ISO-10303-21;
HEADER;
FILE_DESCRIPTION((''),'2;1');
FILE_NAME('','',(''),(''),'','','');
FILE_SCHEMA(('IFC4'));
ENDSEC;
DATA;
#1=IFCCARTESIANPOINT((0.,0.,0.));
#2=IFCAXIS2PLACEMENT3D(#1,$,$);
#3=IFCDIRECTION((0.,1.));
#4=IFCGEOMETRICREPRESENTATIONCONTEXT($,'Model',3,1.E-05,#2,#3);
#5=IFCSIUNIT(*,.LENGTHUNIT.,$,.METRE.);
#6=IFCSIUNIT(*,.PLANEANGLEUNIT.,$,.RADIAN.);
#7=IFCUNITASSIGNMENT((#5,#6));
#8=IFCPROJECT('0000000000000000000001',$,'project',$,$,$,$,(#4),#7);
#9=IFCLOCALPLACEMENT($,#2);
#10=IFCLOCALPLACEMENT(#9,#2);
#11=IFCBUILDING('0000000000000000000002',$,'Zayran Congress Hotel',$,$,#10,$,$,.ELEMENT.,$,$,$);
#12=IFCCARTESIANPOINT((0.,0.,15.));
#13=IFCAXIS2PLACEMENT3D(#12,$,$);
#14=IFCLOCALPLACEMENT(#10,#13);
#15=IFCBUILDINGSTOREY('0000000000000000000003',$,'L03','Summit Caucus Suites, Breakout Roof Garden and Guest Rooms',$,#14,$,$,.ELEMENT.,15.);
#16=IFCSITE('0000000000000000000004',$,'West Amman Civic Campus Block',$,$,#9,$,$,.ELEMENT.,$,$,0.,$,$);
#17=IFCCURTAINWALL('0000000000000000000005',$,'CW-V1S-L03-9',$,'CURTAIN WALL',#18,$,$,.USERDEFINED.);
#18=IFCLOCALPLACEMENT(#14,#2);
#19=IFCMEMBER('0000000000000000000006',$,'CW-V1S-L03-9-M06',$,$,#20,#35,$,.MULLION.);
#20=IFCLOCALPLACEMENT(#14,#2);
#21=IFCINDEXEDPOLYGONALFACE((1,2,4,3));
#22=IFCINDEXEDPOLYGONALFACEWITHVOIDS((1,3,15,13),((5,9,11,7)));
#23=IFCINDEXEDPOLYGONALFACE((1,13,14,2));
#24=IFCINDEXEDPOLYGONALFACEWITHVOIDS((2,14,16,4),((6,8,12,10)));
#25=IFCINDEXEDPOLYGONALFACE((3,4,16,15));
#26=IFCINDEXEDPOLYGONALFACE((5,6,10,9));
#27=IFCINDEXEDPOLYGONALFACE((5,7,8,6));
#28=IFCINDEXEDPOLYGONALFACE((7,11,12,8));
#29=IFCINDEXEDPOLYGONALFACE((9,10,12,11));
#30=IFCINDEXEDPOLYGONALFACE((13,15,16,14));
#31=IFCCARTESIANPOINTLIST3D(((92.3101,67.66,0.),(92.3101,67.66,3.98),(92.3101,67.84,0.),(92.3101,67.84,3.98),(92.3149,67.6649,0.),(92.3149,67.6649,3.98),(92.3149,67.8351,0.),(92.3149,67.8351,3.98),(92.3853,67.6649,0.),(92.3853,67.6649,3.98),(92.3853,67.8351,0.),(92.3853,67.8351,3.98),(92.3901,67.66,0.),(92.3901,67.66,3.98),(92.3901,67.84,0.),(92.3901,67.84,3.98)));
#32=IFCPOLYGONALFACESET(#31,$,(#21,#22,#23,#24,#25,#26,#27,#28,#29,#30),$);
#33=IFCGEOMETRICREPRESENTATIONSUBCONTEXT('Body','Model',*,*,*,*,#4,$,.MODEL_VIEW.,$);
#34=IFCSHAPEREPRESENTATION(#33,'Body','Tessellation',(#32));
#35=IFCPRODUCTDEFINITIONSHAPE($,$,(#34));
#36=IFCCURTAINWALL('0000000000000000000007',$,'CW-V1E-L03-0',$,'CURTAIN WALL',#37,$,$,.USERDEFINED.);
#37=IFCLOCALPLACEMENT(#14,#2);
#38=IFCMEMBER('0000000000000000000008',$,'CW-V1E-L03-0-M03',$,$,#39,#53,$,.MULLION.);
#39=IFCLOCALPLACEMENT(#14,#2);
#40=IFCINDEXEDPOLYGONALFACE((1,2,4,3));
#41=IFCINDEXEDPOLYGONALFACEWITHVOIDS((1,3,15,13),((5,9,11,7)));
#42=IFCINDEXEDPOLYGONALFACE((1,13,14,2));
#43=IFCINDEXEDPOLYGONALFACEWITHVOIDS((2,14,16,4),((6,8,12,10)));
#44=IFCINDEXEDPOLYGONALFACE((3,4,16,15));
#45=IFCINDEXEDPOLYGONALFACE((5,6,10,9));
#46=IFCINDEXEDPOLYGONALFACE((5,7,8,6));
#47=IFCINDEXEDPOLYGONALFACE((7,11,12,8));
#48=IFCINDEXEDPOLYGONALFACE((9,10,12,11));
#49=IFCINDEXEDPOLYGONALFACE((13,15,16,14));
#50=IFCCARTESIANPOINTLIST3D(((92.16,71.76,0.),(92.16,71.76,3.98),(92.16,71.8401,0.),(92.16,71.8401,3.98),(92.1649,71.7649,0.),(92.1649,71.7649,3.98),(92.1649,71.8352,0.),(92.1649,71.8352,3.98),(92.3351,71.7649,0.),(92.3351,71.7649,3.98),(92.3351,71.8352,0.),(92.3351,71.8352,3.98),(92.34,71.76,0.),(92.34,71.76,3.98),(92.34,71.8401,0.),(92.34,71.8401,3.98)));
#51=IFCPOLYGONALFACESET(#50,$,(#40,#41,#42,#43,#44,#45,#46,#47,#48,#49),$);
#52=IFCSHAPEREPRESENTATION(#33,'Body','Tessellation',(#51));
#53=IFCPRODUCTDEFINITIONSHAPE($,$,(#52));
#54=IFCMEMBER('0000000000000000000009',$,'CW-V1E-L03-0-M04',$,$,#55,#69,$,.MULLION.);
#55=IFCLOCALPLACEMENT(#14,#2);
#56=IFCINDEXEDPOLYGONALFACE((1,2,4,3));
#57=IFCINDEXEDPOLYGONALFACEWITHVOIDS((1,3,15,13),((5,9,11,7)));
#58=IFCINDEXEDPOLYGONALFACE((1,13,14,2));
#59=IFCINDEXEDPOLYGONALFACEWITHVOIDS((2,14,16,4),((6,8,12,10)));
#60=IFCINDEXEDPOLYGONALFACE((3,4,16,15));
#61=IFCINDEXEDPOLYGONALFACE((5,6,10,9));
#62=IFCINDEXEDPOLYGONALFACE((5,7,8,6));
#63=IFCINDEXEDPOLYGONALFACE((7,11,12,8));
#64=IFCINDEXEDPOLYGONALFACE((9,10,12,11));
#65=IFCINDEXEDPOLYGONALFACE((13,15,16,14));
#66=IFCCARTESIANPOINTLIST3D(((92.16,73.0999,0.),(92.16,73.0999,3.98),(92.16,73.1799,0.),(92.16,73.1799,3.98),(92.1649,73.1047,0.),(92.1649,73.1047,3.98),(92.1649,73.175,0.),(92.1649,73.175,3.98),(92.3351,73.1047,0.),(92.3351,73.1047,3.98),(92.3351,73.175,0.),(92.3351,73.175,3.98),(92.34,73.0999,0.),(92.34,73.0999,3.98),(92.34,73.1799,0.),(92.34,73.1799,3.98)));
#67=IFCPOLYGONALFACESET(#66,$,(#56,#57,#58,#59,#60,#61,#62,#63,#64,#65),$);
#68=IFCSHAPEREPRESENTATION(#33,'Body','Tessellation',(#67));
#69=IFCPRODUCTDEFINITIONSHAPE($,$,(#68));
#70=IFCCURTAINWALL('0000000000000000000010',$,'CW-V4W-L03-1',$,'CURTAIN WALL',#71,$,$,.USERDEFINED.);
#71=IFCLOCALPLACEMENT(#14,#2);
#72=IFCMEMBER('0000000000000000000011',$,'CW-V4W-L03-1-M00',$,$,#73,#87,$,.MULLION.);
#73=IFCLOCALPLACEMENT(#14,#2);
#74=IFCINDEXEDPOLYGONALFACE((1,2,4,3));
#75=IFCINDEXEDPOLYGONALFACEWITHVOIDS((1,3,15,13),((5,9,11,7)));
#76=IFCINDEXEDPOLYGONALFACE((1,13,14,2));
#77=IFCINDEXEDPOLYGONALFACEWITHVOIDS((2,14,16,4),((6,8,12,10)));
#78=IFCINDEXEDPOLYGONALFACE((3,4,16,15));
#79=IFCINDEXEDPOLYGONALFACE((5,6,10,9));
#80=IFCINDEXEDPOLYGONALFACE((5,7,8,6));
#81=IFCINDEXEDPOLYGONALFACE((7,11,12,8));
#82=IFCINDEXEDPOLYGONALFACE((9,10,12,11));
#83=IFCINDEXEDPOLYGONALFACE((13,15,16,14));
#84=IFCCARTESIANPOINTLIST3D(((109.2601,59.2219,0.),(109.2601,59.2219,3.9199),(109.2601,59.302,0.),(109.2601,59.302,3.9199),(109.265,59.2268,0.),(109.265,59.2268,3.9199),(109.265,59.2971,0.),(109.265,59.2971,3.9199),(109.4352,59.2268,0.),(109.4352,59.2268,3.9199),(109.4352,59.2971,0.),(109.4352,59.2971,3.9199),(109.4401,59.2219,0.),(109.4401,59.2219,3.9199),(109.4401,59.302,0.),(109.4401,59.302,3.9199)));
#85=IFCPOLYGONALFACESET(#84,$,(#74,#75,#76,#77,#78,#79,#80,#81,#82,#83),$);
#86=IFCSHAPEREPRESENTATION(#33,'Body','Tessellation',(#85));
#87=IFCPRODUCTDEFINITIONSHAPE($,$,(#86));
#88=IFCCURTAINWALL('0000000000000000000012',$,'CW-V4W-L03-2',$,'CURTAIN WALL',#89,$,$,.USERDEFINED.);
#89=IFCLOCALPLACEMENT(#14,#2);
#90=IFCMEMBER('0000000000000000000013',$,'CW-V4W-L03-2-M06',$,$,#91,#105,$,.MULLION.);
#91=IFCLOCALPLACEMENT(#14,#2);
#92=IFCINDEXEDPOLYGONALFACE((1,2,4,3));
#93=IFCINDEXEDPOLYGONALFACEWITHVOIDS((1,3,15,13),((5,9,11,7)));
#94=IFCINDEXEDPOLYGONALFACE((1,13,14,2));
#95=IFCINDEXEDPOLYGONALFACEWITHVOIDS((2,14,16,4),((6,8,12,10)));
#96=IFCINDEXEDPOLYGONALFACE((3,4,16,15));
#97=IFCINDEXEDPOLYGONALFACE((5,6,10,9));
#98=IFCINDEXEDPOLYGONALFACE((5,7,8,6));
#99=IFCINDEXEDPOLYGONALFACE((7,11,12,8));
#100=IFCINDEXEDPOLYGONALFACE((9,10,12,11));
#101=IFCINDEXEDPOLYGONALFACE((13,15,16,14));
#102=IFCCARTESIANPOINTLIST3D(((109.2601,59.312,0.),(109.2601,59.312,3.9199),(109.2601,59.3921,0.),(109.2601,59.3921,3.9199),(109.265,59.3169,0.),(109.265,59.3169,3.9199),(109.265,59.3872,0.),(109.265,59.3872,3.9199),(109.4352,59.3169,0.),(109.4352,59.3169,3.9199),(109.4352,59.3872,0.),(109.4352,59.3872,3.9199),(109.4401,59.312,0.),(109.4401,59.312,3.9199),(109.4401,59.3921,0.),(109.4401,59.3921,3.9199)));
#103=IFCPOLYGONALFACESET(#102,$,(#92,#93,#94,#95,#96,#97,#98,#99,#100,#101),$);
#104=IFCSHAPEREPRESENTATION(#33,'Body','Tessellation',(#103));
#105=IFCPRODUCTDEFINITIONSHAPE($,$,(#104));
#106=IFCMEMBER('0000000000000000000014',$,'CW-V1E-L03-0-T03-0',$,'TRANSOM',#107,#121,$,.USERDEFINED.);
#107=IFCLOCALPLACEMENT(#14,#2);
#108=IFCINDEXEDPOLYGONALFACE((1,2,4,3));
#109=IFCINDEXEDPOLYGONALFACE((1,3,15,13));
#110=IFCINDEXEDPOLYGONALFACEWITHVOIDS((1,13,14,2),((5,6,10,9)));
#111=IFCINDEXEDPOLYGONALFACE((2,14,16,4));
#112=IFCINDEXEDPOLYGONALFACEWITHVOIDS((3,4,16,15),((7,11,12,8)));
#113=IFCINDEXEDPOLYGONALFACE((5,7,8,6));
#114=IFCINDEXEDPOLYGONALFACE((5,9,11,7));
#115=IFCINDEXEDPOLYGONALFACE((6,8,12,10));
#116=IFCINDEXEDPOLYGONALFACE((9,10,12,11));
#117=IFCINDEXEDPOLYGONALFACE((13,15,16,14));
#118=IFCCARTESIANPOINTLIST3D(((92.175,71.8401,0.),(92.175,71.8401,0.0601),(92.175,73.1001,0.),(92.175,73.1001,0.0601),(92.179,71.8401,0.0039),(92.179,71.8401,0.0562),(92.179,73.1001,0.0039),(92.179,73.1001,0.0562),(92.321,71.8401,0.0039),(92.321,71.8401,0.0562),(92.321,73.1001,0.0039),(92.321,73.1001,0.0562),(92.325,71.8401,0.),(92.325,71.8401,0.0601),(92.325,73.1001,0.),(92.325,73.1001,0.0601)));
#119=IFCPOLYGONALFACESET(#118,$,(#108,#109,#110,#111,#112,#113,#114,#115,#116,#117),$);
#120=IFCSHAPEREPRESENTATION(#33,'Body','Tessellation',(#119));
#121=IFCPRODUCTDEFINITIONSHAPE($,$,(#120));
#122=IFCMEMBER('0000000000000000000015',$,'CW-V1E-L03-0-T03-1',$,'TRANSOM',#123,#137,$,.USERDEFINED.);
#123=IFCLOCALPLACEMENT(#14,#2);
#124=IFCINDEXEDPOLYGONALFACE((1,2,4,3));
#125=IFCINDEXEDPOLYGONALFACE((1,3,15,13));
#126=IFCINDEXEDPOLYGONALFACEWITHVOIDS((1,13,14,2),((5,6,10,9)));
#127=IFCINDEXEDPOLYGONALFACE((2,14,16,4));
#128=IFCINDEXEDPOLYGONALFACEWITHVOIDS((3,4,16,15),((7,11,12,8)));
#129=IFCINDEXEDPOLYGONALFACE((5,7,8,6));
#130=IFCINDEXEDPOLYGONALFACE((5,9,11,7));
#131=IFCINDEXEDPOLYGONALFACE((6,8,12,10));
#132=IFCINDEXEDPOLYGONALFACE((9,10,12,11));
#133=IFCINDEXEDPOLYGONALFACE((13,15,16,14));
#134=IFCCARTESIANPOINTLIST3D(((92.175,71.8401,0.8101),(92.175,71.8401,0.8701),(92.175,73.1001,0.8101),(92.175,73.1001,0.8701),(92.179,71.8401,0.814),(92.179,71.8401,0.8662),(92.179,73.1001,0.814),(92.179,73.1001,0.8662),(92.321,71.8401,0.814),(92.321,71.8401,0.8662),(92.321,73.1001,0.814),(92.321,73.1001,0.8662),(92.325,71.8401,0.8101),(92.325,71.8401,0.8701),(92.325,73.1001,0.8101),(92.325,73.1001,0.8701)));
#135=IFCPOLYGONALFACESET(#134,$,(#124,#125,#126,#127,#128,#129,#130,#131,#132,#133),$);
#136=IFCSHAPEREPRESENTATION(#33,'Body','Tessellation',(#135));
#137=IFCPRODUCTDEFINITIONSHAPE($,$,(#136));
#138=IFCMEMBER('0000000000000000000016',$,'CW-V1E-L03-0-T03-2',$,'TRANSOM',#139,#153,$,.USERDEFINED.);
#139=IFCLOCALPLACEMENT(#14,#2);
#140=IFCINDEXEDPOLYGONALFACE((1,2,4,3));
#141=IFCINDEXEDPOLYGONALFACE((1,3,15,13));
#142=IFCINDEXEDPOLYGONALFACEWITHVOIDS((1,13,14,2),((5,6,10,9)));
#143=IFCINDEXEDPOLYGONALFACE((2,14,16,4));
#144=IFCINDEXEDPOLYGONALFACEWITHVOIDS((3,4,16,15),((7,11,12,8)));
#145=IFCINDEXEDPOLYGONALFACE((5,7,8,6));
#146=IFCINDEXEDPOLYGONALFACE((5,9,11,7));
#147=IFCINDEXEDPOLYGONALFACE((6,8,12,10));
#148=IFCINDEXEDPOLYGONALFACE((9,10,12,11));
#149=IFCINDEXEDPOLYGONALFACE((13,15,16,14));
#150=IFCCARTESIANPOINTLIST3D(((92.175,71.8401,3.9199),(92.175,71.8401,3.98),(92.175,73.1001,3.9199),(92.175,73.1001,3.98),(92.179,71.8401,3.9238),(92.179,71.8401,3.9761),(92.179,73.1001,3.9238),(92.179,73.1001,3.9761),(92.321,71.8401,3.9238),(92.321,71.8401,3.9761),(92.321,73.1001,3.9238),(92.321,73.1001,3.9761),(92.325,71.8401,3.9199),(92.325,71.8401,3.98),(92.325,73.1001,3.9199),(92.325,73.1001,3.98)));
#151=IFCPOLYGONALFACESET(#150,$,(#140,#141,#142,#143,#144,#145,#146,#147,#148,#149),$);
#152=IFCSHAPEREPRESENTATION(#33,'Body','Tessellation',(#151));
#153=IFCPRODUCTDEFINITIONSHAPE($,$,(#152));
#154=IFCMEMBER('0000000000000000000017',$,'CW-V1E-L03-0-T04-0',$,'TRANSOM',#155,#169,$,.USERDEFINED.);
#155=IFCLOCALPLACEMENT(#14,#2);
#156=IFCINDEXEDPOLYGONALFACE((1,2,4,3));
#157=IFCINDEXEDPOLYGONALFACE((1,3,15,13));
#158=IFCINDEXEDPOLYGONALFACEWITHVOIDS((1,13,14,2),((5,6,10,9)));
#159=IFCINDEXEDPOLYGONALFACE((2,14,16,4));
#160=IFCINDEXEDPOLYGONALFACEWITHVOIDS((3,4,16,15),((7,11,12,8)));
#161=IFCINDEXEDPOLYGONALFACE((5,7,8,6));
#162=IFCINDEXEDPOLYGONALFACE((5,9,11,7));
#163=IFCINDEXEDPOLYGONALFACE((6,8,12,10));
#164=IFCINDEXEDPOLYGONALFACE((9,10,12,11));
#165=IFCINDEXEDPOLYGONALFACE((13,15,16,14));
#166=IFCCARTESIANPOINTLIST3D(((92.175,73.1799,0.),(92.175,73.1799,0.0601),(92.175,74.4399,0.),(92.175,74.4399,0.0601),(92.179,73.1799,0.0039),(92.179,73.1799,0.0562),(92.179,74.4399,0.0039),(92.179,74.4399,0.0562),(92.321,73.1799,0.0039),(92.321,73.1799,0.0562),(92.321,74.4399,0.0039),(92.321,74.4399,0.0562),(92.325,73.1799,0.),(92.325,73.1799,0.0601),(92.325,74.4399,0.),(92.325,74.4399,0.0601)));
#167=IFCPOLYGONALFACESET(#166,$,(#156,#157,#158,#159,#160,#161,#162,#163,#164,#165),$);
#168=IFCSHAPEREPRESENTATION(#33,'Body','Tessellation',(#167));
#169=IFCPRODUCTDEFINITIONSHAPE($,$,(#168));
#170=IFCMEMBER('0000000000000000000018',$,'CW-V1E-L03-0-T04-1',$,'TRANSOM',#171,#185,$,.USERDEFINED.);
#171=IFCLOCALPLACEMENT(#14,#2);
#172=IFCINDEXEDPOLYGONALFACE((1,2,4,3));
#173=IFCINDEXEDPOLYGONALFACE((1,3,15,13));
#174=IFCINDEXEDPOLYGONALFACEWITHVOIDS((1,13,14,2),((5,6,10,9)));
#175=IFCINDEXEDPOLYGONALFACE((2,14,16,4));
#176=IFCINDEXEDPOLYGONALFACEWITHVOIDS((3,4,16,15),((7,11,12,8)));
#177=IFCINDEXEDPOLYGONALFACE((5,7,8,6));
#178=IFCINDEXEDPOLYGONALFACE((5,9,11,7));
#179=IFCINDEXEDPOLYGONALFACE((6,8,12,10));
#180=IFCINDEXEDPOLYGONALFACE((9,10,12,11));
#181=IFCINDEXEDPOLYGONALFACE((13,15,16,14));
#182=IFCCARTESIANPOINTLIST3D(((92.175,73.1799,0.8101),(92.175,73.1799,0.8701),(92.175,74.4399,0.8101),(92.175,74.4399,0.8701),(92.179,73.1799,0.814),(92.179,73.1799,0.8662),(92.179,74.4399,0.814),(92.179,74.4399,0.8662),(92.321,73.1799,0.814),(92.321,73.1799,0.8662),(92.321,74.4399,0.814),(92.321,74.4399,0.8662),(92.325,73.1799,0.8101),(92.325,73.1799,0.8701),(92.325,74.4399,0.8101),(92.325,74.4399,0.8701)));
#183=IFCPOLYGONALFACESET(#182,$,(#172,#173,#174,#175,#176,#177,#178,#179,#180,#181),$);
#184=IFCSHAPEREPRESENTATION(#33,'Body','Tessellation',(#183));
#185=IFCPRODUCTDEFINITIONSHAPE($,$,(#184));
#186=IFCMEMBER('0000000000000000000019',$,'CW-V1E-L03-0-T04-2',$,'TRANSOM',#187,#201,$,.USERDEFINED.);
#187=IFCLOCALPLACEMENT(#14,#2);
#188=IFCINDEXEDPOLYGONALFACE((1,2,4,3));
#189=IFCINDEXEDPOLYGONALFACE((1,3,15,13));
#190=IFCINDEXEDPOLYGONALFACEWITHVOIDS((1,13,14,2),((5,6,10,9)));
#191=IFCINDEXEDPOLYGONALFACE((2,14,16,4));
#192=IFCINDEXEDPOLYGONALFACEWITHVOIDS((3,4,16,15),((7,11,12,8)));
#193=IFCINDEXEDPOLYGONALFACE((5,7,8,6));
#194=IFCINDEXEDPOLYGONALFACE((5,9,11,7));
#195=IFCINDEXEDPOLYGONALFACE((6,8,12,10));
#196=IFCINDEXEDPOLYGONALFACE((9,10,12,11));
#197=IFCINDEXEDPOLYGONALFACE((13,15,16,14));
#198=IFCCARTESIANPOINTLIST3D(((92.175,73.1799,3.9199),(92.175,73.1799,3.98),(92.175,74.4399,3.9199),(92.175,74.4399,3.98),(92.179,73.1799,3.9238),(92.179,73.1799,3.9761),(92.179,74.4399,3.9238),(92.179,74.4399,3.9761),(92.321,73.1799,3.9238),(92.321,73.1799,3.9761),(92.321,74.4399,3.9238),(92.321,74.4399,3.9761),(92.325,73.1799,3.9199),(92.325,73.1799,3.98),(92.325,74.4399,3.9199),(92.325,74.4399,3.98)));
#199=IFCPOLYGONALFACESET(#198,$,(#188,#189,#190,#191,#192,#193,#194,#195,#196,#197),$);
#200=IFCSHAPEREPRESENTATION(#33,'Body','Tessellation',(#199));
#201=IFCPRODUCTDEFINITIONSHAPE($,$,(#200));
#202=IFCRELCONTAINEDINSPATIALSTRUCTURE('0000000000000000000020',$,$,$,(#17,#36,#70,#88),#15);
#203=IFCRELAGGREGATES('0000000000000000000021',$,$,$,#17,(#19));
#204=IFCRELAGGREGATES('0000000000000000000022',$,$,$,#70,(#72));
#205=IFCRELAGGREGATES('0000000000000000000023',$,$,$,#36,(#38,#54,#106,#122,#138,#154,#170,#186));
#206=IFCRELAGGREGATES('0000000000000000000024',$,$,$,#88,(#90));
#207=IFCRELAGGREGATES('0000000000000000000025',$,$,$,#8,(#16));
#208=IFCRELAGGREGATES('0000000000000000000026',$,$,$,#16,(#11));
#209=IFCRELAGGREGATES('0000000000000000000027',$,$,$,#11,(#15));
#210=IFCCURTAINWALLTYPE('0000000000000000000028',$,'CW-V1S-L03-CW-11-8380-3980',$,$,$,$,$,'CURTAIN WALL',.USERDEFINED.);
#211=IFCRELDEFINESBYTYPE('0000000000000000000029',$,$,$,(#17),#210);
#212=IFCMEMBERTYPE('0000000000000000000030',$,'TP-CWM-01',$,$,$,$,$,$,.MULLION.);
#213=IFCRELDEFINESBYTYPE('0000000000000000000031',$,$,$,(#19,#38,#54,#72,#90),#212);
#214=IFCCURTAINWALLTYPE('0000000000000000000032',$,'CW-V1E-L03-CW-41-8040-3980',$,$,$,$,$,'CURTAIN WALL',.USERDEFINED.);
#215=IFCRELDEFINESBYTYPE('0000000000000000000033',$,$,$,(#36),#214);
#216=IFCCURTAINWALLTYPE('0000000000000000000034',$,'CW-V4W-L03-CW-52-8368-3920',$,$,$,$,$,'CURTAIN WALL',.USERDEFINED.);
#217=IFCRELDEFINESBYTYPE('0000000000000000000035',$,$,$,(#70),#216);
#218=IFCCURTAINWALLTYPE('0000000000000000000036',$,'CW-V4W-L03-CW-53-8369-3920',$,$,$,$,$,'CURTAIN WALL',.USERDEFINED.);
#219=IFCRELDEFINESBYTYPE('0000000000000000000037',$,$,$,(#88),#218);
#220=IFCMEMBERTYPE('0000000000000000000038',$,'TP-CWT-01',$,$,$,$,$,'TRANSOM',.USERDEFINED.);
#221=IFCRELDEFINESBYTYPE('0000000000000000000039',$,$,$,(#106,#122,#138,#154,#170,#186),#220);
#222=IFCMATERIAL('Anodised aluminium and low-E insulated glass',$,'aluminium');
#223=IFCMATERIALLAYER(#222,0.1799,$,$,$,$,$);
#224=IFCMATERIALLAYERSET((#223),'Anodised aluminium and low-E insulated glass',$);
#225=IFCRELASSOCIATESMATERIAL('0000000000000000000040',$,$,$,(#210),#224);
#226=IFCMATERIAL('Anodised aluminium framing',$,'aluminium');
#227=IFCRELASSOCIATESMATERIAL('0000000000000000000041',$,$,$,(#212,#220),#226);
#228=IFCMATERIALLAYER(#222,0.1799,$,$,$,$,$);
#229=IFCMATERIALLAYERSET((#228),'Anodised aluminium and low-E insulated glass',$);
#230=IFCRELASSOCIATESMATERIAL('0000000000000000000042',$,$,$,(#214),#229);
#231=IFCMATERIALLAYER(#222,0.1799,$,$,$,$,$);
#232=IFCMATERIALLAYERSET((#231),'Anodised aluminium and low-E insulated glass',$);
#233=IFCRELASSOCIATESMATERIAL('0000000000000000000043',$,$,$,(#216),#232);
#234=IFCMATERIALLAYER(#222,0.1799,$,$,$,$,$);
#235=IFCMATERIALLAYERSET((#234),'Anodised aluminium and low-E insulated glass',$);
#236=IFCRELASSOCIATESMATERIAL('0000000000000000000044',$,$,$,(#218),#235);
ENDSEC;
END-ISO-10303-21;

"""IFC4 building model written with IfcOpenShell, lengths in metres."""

from ifc_helpers import new_model, si_unit, direction, frame, origin, origin_2d, place, context, subcontext, project, spatial, hollow_rectangle, extrude, material, layer, layer_set, material_profile, profile_set, type_object, element, aggregate, save


model = new_model("IFC4")

# Units and contexts
model_context = context("Model", 3, precision=1e-05, world=origin(), true_north=direction((0.0, 1.0)))
body_context = subcontext(model_context, "Body", "Model", "MODEL_VIEW")
ifc_project = project(units=[si_unit("LENGTHUNIT", "METRE"), si_unit("PLANEANGLEUNIT", "RADIAN")], contexts=[model_context])

# Site, building, storey
site_placement = place(None, origin())
site = spatial("IfcSite", under=ifc_project, at=site_placement, Name="West Amman Civic Campus Block", CompositionType="ELEMENT", RefElevation=0.0)
building_placement = place(site_placement, origin())
building = spatial("IfcBuilding", under=site, at=building_placement, Name="Zayran Congress Hotel", CompositionType="ELEMENT")
storey_placement = place(building_placement, frame((0.0, 0.0, 15.0)))
storey = spatial("IfcBuildingStorey", under=building, at=storey_placement, Name="L03", Description="Summit Caucus Suites, Breakout Roof Garden and Guest Rooms", CompositionType="ELEMENT", Elevation=15.0)

# Curtain wall, member
ifc_material_1 = material(Name="Anodised aluminium and low-E insulated glass", Category="aluminium")
ifc_layer_1 = layer(ifc_material_1, 0.1799)
ifc_layer_set_1 = layer_set([ifc_layer_1], Name="Anodised aluminium and low-E insulated glass")
curtain_wall_type_1 = type_object("IfcCurtainWallType", Name="CW-V1S-L03-CW-11-8380-3980", ElementType="CURTAIN WALL", PredefinedType="USERDEFINED", material=ifc_layer_set_1)
curtain_wall_1_placement = place(storey_placement, origin())
curtain_wall_1 = element("IfcCurtainWall", 1, at=curtain_wall_1_placement, inside=storey, type_object=curtain_wall_type_1, Name="CW-V1S-L03-9", ObjectType="CURTAIN WALL", PredefinedType="USERDEFINED")
ifc_material_2 = material(Name="Anodised aluminium framing", Category="aluminium")
ifc_material_profile_1 = material_profile(ifc_material_2, hollow_rectangle(XDim=0.0801, YDim=0.1799, WallThickness=0.0049, at=origin_2d()), Name="RHS 180x80x5")
ifc_profile_set_1 = profile_set([ifc_material_profile_1], Name="Anodised aluminium framing")
member_type_1 = type_object("IfcMemberType", Name="TP-CWM-01", PredefinedType="MULLION", material=ifc_profile_set_1)
member_1_placement = place(storey_placement, frame((92.3501, 67.75, 0.0), z_axis=(0.0, 0.0, 1.0), x_axis=(1.0, 0.0, 0.0)))
member_1 = element("IfcMember", 2, at=member_1_placement, type_object=member_type_1, Name="CW-V1S-L03-9-M06", PredefinedType="MULLION", context=body_context, shape_type="SweptSolid", body=[
    extrude(hollow_rectangle(XDim=0.0801, YDim=0.1799, WallThickness=0.0049, at=origin_2d()), origin(), (0.0, 0.0, 1.0), 3.98),
])
aggregate(curtain_wall_1, [member_1])

# Curtain wall, members
ifc_layer_2 = layer(ifc_material_1, 0.1799)
ifc_layer_set_2 = layer_set([ifc_layer_2], Name="Anodised aluminium and low-E insulated glass")
curtain_wall_type_2 = type_object("IfcCurtainWallType", Name="CW-V1E-L03-CW-41-8040-3980", ElementType="CURTAIN WALL", PredefinedType="USERDEFINED", material=ifc_layer_set_2)
curtain_wall_2_placement = place(storey_placement, origin())
curtain_wall_2 = element("IfcCurtainWall", 3, at=curtain_wall_2_placement, inside=storey, type_object=curtain_wall_type_2, Name="CW-V1E-L03-0", ObjectType="CURTAIN WALL", PredefinedType="USERDEFINED")
member_2_placement = place(storey_placement, frame((92.25, 71.8, 0.0), z_axis=(0.0, 0.0, 1.0), x_axis=(0.0, 1.0, 0.0)))
member_2 = element("IfcMember", 4, at=member_2_placement, type_object=member_type_1, Name="CW-V1E-L03-0-M03", PredefinedType="MULLION", context=body_context, shape_type="SweptSolid", body=[
    extrude(hollow_rectangle(XDim=0.0801, YDim=0.1799, WallThickness=0.0049, at=origin_2d()), origin(), (0.0, 0.0, 1.0), 3.98),
])
member_3_placement = place(storey_placement, frame((92.25, 73.1399, 0.0), z_axis=(0.0, 0.0, 1.0), x_axis=(0.0, 1.0, 0.0)))
member_3 = element("IfcMember", 5, at=member_3_placement, type_object=member_type_1, Name="CW-V1E-L03-0-M04", PredefinedType="MULLION", context=body_context, shape_type="SweptSolid", body=[
    extrude(hollow_rectangle(XDim=0.0801, YDim=0.1799, WallThickness=0.0049, at=origin_2d()), origin(), (0.0, 0.0, 1.0), 3.98),
])

# Curtain walls, members
ifc_layer_3 = layer(ifc_material_1, 0.1799)
ifc_layer_set_3 = layer_set([ifc_layer_3], Name="Anodised aluminium and low-E insulated glass")
curtain_wall_type_3 = type_object("IfcCurtainWallType", Name="CW-V4W-L03-CW-52-8368-3920", ElementType="CURTAIN WALL", PredefinedType="USERDEFINED", material=ifc_layer_set_3)
curtain_wall_3_placement = place(storey_placement, origin())
curtain_wall_3 = element("IfcCurtainWall", 6, at=curtain_wall_3_placement, inside=storey, type_object=curtain_wall_type_3, Name="CW-V4W-L03-1", ObjectType="CURTAIN WALL", PredefinedType="USERDEFINED")
member_4_placement = place(storey_placement, frame((109.3501, 59.262, 0.0), z_axis=(0.0, 0.0, 1.0), x_axis=(0.0, 1.0, 0.0)))
member_4 = element("IfcMember", 7, at=member_4_placement, type_object=member_type_1, Name="CW-V4W-L03-1-M00", PredefinedType="MULLION", context=body_context, shape_type="SweptSolid", body=[
    extrude(hollow_rectangle(XDim=0.0801, YDim=0.1799, WallThickness=0.0049, at=origin_2d()), origin(), (0.0, 0.0, 1.0), 3.9199),
])
ifc_layer_4 = layer(ifc_material_1, 0.1799)
ifc_layer_set_4 = layer_set([ifc_layer_4], Name="Anodised aluminium and low-E insulated glass")
curtain_wall_type_4 = type_object("IfcCurtainWallType", Name="CW-V4W-L03-CW-53-8369-3920", ElementType="CURTAIN WALL", PredefinedType="USERDEFINED", material=ifc_layer_set_4)
curtain_wall_4_placement = place(storey_placement, origin())
curtain_wall_4 = element("IfcCurtainWall", 8, at=curtain_wall_4_placement, inside=storey, type_object=curtain_wall_type_4, Name="CW-V4W-L03-2", ObjectType="CURTAIN WALL", PredefinedType="USERDEFINED")
member_5_placement = place(storey_placement, frame((109.3501, 59.3521, 0.0), z_axis=(0.0, 0.0, 1.0), x_axis=(0.0, 1.0, 0.0)))
member_5 = element("IfcMember", 9, at=member_5_placement, type_object=member_type_1, Name="CW-V4W-L03-2-M06", PredefinedType="MULLION", context=body_context, shape_type="SweptSolid", body=[
    extrude(hollow_rectangle(XDim=0.0801, YDim=0.1799, WallThickness=0.0049, at=origin_2d()), origin(), (0.0, 0.0, 1.0), 3.9199),
])

# Members
ifc_material_profile_2 = material_profile(ifc_material_2, hollow_rectangle(XDim=0.0601, YDim=0.1499, WallThickness=0.0039, at=origin_2d()), Name="RHS 150x60x4")
ifc_profile_set_2 = profile_set([ifc_material_profile_2], Name="Anodised aluminium framing")
member_type_2 = type_object("IfcMemberType", Name="TP-CWT-01", ElementType="TRANSOM", PredefinedType="USERDEFINED", material=ifc_profile_set_2)
member_6_placement = place(storey_placement, frame((92.25, 71.8401, 0.03), z_axis=(0.0, 1.0, 0.0), x_axis=(0.0, 0.0, 1.0)))
member_6 = element("IfcMember", 10, at=member_6_placement, type_object=member_type_2, Name="CW-V1E-L03-0-T03-0", ObjectType="TRANSOM", PredefinedType="USERDEFINED", context=body_context, shape_type="SweptSolid", body=[
    extrude(hollow_rectangle(XDim=0.0601, YDim=0.1499, WallThickness=0.0039, at=origin_2d()), origin(), (0.0, 0.0, 1.0), 1.26),
])
member_7_placement = place(storey_placement, frame((92.25, 71.8401, 0.8401), z_axis=(0.0, 1.0, 0.0), x_axis=(0.0, 0.0, 1.0)))
member_7 = element("IfcMember", 11, at=member_7_placement, type_object=member_type_2, Name="CW-V1E-L03-0-T03-1", ObjectType="TRANSOM", PredefinedType="USERDEFINED", context=body_context, shape_type="SweptSolid", body=[
    extrude(hollow_rectangle(XDim=0.0601, YDim=0.1499, WallThickness=0.0039, at=origin_2d()), origin(), (0.0, 0.0, 1.0), 1.26),
])
member_8_placement = place(storey_placement, frame((92.25, 71.8401, 3.95), z_axis=(0.0, 1.0, 0.0), x_axis=(0.0, 0.0, 1.0)))
member_8 = element("IfcMember", 12, at=member_8_placement, type_object=member_type_2, Name="CW-V1E-L03-0-T03-2", ObjectType="TRANSOM", PredefinedType="USERDEFINED", context=body_context, shape_type="SweptSolid", body=[
    extrude(hollow_rectangle(XDim=0.0601, YDim=0.1499, WallThickness=0.0039, at=origin_2d()), origin(), (0.0, 0.0, 1.0), 1.26),
])
member_9_placement = place(storey_placement, frame((92.25, 73.1799, 0.03), z_axis=(0.0, 1.0, 0.0), x_axis=(0.0, 0.0, 1.0)))
member_9 = element("IfcMember", 13, at=member_9_placement, type_object=member_type_2, Name="CW-V1E-L03-0-T04-0", ObjectType="TRANSOM", PredefinedType="USERDEFINED", context=body_context, shape_type="SweptSolid", body=[
    extrude(hollow_rectangle(XDim=0.0601, YDim=0.1499, WallThickness=0.0039, at=origin_2d()), origin(), (0.0, 0.0, 1.0), 1.26),
])
member_10_placement = place(storey_placement, frame((92.25, 73.1799, 0.8401), z_axis=(0.0, 1.0, 0.0), x_axis=(0.0, 0.0, 1.0)))
member_10 = element("IfcMember", 14, at=member_10_placement, type_object=member_type_2, Name="CW-V1E-L03-0-T04-1", ObjectType="TRANSOM", PredefinedType="USERDEFINED", context=body_context, shape_type="SweptSolid", body=[
    extrude(hollow_rectangle(XDim=0.0601, YDim=0.1499, WallThickness=0.0039, at=origin_2d()), origin(), (0.0, 0.0, 1.0), 1.26),
])
member_11_placement = place(storey_placement, frame((92.25, 73.1799, 3.95), z_axis=(0.0, 1.0, 0.0), x_axis=(0.0, 0.0, 1.0)))
member_11 = element("IfcMember", 15, at=member_11_placement, type_object=member_type_2, Name="CW-V1E-L03-0-T04-2", ObjectType="TRANSOM", PredefinedType="USERDEFINED", context=body_context, shape_type="SweptSolid", body=[
    extrude(hollow_rectangle(XDim=0.0601, YDim=0.1499, WallThickness=0.0039, at=origin_2d()), origin(), (0.0, 0.0, 1.0), 1.26),
])
aggregate(curtain_wall_3, [member_4])

aggregate(curtain_wall_2, [member_2, member_3, member_6, member_7, member_8, member_9, member_10, member_11])
aggregate(curtain_wall_4, [member_5])

save(model, "model.ifc")
